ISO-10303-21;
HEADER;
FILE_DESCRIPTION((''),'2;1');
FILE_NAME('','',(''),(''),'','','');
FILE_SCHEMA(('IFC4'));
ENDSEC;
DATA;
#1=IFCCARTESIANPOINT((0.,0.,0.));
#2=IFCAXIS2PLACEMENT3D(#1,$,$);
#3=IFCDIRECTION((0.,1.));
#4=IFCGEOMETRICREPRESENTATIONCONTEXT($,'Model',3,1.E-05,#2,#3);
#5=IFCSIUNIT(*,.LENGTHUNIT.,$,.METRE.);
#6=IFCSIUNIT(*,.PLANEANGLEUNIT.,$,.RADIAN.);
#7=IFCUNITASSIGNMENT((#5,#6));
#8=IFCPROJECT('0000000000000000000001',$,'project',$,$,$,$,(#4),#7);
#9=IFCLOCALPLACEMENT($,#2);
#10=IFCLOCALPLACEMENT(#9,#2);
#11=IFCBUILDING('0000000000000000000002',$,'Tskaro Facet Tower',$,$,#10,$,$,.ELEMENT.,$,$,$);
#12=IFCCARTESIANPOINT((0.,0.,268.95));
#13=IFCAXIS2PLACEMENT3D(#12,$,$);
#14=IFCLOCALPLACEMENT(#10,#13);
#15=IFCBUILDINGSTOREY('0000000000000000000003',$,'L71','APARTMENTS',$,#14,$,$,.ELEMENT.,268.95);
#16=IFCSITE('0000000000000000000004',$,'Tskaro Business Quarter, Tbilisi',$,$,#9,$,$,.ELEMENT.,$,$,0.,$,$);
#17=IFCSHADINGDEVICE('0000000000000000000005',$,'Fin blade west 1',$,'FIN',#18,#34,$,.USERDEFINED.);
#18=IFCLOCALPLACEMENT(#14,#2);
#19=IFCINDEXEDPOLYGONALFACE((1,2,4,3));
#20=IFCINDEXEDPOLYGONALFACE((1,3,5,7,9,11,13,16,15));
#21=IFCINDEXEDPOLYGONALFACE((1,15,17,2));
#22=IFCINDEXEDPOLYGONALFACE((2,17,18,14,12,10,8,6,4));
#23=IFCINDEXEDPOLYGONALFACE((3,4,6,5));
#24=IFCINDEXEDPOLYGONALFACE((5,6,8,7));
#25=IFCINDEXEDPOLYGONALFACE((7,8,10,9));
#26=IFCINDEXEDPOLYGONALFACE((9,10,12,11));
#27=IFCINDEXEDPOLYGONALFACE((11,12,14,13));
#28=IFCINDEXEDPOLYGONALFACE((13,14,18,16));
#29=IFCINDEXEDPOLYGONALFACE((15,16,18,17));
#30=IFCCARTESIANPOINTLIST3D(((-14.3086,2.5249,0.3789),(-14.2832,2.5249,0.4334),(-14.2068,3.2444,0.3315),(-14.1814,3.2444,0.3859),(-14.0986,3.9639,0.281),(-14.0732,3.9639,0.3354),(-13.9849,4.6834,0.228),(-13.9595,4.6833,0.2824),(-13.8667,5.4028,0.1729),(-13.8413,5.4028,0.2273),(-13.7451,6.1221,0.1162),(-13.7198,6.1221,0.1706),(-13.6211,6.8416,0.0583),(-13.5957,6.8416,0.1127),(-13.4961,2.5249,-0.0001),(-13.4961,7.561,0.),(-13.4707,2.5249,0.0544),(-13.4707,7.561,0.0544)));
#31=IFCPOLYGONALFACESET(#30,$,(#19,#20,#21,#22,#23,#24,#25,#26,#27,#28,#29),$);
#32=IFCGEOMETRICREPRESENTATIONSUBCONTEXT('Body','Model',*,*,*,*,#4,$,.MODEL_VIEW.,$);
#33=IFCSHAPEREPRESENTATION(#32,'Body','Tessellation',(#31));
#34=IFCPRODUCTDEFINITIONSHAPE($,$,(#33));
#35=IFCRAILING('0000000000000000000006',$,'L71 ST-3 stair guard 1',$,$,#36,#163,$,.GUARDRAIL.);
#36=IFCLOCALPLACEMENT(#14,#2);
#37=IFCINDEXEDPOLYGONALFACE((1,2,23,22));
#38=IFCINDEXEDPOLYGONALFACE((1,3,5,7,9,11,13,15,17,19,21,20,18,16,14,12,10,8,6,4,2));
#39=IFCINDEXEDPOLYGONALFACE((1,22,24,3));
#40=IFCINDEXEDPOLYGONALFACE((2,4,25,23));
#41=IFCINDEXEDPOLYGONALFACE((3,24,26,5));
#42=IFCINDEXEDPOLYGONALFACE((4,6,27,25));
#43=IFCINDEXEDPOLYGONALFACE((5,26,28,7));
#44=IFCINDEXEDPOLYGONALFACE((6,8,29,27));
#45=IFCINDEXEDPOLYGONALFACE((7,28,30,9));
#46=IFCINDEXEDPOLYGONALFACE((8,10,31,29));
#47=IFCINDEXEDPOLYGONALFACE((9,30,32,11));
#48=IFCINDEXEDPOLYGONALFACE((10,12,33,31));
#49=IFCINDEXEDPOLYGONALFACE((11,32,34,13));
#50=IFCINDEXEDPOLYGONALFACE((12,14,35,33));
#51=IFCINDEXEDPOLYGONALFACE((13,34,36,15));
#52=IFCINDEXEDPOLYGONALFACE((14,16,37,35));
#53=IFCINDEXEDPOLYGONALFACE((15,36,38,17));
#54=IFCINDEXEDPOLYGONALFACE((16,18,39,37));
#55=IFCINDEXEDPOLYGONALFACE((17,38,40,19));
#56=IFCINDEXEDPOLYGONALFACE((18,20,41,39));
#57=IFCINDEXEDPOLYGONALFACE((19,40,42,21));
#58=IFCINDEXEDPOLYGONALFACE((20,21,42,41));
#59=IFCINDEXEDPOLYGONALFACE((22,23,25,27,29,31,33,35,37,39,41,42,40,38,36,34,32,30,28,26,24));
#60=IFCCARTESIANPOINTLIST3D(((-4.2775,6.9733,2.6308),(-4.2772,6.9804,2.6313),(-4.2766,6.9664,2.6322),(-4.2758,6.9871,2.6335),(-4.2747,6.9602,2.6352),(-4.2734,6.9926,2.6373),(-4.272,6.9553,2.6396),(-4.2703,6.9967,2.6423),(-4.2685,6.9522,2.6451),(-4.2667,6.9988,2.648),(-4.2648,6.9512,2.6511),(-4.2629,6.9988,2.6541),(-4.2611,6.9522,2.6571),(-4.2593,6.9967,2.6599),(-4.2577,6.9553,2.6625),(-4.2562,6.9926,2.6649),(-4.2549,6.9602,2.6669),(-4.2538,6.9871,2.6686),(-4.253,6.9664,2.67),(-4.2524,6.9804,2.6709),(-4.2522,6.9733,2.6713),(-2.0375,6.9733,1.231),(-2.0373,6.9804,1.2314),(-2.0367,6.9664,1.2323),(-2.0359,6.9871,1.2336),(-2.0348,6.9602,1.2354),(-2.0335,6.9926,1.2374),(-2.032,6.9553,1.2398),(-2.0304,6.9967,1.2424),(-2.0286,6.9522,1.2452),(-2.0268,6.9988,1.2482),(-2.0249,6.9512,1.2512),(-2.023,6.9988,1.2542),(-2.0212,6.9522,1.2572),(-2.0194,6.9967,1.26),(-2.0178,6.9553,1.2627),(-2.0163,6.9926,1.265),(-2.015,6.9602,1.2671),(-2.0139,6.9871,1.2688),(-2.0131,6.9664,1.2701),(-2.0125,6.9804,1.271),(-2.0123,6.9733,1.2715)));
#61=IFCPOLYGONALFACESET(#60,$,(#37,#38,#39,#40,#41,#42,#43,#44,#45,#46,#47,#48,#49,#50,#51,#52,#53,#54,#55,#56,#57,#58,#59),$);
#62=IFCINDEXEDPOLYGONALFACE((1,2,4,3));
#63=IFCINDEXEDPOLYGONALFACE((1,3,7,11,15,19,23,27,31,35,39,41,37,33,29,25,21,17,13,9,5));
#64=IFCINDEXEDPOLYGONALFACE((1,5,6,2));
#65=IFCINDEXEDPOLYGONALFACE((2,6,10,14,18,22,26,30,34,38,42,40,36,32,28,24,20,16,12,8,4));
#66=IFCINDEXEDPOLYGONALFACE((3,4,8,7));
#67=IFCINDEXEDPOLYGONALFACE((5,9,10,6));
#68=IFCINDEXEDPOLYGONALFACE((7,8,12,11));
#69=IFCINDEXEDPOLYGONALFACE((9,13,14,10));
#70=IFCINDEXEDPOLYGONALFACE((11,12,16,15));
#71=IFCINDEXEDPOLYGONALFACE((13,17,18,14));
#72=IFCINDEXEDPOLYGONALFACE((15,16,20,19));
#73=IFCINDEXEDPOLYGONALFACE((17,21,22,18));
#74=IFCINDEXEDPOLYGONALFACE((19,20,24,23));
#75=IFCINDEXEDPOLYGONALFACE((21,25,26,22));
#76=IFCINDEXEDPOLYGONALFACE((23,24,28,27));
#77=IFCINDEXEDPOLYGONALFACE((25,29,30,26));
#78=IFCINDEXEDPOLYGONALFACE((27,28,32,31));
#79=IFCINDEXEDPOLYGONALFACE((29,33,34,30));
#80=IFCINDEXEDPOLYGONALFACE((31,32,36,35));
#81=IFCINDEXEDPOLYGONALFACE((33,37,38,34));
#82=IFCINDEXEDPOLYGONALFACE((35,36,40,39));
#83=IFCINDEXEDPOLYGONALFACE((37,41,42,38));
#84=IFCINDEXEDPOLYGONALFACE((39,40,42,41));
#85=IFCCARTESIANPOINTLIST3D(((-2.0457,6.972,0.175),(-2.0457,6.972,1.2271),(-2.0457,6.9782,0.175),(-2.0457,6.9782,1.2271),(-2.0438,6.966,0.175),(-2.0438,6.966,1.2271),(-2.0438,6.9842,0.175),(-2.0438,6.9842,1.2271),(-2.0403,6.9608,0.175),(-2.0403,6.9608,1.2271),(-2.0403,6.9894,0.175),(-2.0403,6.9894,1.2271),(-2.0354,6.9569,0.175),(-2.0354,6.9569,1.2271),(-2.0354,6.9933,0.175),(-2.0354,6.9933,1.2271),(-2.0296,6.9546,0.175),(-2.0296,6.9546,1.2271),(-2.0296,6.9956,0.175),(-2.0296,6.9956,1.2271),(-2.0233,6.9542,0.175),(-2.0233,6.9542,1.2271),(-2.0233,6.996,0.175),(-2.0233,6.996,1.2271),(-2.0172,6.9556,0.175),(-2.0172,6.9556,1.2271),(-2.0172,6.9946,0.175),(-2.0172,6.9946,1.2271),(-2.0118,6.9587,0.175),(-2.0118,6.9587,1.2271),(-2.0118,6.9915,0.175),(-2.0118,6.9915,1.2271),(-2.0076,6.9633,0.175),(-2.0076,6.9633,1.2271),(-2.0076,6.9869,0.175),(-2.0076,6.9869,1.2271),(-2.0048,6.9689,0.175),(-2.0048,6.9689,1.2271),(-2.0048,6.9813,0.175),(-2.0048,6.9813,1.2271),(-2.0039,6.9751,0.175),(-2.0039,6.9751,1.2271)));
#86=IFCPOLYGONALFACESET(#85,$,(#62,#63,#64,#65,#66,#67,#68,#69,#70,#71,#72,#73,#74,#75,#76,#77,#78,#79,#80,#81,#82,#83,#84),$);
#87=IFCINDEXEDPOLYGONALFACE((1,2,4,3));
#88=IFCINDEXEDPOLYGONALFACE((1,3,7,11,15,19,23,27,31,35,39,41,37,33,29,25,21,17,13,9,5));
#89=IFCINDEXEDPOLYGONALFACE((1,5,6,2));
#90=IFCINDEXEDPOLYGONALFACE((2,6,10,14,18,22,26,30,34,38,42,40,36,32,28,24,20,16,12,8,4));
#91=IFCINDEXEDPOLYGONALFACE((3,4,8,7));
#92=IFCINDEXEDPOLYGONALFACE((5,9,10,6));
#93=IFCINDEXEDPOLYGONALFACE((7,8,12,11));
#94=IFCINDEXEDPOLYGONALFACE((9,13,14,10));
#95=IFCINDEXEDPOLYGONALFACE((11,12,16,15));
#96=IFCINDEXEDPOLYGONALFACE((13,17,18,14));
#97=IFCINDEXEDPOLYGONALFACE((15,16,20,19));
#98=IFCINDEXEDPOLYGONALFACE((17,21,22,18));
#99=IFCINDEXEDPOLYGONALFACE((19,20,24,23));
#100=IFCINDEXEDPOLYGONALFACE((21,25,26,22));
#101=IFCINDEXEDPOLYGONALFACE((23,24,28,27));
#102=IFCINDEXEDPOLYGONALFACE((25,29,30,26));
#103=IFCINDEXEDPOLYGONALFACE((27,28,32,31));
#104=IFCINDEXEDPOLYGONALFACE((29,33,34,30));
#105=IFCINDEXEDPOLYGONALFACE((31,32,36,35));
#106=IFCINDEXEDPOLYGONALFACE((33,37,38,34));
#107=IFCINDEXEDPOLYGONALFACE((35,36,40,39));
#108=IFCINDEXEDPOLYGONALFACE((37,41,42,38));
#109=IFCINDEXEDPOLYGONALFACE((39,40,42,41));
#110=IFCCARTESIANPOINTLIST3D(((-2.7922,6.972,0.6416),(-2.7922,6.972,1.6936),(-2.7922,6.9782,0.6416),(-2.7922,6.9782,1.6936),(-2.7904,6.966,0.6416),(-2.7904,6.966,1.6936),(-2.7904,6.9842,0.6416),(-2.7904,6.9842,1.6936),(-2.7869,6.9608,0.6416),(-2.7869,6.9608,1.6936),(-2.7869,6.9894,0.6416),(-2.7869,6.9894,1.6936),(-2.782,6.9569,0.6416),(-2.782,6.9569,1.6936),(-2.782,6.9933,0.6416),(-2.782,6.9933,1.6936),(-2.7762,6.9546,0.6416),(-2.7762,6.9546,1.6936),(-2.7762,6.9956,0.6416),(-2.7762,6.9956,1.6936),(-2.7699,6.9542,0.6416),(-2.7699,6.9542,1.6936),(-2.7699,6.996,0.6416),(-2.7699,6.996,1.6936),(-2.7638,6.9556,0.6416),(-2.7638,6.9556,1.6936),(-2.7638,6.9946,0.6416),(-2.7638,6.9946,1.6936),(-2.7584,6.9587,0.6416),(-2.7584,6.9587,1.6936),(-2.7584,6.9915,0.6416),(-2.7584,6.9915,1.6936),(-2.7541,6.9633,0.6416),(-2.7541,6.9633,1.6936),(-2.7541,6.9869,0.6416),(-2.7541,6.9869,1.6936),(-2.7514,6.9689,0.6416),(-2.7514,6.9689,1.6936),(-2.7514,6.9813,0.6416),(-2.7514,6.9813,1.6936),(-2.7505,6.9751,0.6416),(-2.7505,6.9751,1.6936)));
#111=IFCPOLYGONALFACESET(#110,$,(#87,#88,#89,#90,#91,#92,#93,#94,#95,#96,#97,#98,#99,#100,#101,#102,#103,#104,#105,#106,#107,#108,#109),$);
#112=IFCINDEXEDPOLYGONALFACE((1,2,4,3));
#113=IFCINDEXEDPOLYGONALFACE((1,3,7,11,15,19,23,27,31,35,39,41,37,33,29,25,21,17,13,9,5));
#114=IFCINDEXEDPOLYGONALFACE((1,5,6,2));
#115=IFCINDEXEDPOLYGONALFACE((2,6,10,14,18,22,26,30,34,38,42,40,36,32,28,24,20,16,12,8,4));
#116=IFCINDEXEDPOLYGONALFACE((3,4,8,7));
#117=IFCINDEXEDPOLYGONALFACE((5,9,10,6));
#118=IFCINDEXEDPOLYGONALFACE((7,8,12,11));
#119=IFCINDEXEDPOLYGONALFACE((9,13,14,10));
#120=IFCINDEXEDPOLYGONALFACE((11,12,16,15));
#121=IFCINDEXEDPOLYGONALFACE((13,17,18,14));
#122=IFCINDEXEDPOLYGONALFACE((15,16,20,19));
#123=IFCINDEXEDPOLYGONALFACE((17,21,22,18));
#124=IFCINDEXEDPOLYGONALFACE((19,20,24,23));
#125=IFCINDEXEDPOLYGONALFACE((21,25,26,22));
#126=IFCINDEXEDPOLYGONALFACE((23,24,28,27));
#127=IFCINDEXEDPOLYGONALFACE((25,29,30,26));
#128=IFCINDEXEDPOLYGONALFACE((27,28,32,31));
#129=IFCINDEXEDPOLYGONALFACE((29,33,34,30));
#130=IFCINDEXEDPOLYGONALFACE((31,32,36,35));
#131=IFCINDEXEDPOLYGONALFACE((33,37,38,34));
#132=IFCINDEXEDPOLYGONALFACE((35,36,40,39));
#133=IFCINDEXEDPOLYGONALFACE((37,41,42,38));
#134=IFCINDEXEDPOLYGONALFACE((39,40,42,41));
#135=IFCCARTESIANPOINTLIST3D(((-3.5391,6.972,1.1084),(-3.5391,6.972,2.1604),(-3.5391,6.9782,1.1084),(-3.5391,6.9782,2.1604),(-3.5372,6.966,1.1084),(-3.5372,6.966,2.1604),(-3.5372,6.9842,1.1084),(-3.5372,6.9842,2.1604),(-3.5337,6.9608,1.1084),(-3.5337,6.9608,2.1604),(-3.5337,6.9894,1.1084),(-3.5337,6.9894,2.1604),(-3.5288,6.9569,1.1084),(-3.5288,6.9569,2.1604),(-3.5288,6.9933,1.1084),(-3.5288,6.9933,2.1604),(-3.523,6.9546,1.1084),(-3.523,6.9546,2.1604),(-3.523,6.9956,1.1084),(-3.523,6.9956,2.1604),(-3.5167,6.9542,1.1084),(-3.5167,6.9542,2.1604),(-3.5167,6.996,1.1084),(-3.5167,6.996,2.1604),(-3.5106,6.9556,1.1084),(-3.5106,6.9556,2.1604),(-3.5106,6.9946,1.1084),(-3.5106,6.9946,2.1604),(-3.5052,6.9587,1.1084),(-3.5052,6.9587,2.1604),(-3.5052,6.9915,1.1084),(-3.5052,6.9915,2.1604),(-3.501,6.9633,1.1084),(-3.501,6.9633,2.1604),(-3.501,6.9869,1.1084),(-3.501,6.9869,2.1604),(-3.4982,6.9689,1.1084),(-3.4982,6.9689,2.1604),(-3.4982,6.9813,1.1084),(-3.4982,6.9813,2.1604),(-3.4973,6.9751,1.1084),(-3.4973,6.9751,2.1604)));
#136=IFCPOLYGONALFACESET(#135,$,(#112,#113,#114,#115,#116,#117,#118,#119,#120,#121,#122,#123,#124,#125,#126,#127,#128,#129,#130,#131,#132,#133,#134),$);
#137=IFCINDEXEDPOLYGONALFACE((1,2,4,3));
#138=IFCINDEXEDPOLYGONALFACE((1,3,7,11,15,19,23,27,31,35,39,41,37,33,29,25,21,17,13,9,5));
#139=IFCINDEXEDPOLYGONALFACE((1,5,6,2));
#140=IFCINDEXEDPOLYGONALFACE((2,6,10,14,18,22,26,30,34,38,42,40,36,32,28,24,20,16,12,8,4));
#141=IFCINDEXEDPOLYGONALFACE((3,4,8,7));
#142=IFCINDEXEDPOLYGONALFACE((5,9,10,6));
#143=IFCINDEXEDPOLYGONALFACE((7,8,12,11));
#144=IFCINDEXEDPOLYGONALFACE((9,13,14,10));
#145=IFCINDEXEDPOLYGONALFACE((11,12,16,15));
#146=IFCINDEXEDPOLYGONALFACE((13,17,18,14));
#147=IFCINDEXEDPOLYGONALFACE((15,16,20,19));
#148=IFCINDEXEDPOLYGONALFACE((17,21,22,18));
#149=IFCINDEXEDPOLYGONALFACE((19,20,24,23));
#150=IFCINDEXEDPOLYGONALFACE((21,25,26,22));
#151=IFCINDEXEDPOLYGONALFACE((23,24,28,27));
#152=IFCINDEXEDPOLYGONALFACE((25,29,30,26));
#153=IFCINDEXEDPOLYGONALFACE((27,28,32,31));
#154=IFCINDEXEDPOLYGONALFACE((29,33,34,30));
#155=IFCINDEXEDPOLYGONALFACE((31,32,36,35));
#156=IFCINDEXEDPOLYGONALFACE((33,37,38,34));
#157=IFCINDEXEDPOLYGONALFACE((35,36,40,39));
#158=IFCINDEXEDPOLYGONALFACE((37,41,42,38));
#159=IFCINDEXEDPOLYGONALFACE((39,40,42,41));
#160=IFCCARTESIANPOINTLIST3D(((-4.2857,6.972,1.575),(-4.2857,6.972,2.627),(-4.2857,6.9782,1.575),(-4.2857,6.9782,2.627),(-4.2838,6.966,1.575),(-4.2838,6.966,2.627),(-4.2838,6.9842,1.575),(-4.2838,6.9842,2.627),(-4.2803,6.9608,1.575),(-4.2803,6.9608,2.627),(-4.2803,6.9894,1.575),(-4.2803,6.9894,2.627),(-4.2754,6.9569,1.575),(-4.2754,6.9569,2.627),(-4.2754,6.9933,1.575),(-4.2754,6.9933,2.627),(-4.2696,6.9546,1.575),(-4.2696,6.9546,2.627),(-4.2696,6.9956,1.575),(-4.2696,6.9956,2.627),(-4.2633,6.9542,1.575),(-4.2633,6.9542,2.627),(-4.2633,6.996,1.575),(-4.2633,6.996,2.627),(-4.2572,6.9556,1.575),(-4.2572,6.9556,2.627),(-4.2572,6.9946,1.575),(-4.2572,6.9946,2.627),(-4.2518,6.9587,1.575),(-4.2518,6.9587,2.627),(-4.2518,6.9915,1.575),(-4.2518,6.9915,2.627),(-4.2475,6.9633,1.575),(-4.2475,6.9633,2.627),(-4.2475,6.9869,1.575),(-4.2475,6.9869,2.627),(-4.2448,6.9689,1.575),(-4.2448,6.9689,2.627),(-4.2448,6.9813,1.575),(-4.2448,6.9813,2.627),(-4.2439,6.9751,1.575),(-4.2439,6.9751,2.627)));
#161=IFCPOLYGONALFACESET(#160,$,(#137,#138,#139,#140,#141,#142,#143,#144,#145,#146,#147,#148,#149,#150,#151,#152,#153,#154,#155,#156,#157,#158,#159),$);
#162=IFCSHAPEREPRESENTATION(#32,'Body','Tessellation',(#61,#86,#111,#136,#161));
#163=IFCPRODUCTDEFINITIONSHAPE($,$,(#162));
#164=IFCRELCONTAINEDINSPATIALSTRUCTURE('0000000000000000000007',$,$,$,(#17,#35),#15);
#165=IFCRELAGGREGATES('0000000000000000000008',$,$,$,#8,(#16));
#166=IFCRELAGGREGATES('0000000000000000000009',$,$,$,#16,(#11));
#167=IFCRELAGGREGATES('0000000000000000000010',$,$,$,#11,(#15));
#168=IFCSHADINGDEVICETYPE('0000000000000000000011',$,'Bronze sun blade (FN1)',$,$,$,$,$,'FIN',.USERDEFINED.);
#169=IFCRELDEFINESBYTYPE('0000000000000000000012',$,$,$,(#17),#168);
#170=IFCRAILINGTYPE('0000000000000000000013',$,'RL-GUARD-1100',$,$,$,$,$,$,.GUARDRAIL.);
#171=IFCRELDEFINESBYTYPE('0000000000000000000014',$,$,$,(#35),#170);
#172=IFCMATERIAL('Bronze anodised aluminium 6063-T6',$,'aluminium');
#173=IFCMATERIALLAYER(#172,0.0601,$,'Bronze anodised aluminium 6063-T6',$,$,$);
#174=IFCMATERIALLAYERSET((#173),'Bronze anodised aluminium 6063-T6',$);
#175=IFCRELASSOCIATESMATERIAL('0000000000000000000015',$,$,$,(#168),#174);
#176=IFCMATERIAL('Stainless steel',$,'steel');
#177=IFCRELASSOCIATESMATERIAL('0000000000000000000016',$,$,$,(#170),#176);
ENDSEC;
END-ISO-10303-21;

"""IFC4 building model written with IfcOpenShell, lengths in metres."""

from ifc_helpers import new_model, si_unit, direction, frame, origin, origin_2d, place, context, subcontext, project, spatial, polyline, circle, outline, extrude, material, layer, layer_set, type_object, element, save


model = new_model("IFC4")

# Units and contexts
model_context = context("Model", 3, precision=1e-05, world=origin(), true_north=direction((0.0, 1.0)))
body_context = subcontext(model_context, "Body", "Model", "MODEL_VIEW")
ifc_project = project(units=[si_unit("LENGTHUNIT", "METRE"), si_unit("PLANEANGLEUNIT", "RADIAN")], contexts=[model_context])

# Site, building, storey
site_placement = place(None, origin())
site = spatial("IfcSite", under=ifc_project, at=site_placement, Name="Tskaro Business Quarter, Tbilisi", CompositionType="ELEMENT", RefElevation=0.0)
building_placement = place(site_placement, origin())
building = spatial("IfcBuilding", under=site, at=building_placement, Name="Tskaro Facet Tower", CompositionType="ELEMENT")
storey_placement = place(building_placement, frame((0.0, 0.0, 268.95)))
storey = spatial("IfcBuildingStorey", under=building, at=storey_placement, Name="L71", Description="APARTMENTS", CompositionType="ELEMENT", Elevation=268.95)

# Shared definitions
ifc_material_1 = material(Name="Bronze anodised aluminium 6063-T6", Category="aluminium")

# Shading device
ifc_layer_1 = layer(ifc_material_1, 0.0601, Name="Bronze anodised aluminium 6063-T6")
ifc_layer_set_1 = layer_set([ifc_layer_1], Name="Bronze anodised aluminium 6063-T6")
shading_device_type = type_object("IfcShadingDeviceType", Name="Bronze sun blade (FN1)", ElementType="FIN", PredefinedType="USERDEFINED", material=ifc_layer_set_1)
shading_device_placement = place(storey_placement, frame((-13.4707, 7.561, 0.0544), z_axis=(0.422742, -0.000019, 0.90625), x_axis=(-0.000008, -1.0, -0.000017)))
element("IfcShadingDevice", 1, at=shading_device_placement, inside=storey, type_object=shading_device_type, Name="Fin blade west 1", ObjectType="FIN", PredefinedType="USERDEFINED", context=body_context, shape_type="SweptSolid", body=[
    extrude(outline(polyline([(0.0, 0.0), (5.0361, 0.0), (5.0361, -0.8965), (4.3167, -0.7842), (3.5972, -0.6648), (2.8777, -0.5393), (2.1582, -0.4089), (1.439, -0.2748), (0.7195, -0.1379), (0.0, 0.0)])), origin(), (0.0, 0.0, -1.0), 0.0601),
])

# Railing
ifc_material_2 = material(Name="Stainless steel", Category="steel")
railing_type_1 = type_object("IfcRailingType", Name="RL-GUARD-1100", PredefinedType="GUARDRAIL", material=ifc_material_2)
railing_1_placement = place(storey_placement, frame((-2.0249, 6.9751, 0.175)))
element("IfcRailing", 2, at=railing_1_placement, inside=storey, type_object=railing_type_1, Name="L71 ST-3 stair guard 1", PredefinedType="GUARDRAIL", context=body_context, shape_type="SweptSolid", body=[
    extrude(circle(Radius=0.0239, at=origin_2d()), frame((0.0, 0.0, 1.0762), z_axis=(-0.848014, 0.0, 0.529974), x_axis=(0.0, -1.0, 0.0)), (0.0, 0.0, 1.0), 2.6414),
    extrude(circle(Radius=0.021, at=origin_2d()), origin(), (0.0, 0.0, 1.0), 1.052),
    extrude(circle(Radius=0.021, at=origin_2d()), frame((-0.7466, 0.0, 0.4666)), (0.0, 0.0, 1.0), 1.052),
    extrude(circle(Radius=0.021, at=origin_2d()), frame((-1.4934, 0.0, 0.9333)), (0.0, 0.0, 1.0), 1.052),
    extrude(circle(Radius=0.021, at=origin_2d()), frame((-2.24, 0.0, 1.3999)), (0.0, 0.0, 1.0), 1.052),
])

save(model, "model.ifc")
